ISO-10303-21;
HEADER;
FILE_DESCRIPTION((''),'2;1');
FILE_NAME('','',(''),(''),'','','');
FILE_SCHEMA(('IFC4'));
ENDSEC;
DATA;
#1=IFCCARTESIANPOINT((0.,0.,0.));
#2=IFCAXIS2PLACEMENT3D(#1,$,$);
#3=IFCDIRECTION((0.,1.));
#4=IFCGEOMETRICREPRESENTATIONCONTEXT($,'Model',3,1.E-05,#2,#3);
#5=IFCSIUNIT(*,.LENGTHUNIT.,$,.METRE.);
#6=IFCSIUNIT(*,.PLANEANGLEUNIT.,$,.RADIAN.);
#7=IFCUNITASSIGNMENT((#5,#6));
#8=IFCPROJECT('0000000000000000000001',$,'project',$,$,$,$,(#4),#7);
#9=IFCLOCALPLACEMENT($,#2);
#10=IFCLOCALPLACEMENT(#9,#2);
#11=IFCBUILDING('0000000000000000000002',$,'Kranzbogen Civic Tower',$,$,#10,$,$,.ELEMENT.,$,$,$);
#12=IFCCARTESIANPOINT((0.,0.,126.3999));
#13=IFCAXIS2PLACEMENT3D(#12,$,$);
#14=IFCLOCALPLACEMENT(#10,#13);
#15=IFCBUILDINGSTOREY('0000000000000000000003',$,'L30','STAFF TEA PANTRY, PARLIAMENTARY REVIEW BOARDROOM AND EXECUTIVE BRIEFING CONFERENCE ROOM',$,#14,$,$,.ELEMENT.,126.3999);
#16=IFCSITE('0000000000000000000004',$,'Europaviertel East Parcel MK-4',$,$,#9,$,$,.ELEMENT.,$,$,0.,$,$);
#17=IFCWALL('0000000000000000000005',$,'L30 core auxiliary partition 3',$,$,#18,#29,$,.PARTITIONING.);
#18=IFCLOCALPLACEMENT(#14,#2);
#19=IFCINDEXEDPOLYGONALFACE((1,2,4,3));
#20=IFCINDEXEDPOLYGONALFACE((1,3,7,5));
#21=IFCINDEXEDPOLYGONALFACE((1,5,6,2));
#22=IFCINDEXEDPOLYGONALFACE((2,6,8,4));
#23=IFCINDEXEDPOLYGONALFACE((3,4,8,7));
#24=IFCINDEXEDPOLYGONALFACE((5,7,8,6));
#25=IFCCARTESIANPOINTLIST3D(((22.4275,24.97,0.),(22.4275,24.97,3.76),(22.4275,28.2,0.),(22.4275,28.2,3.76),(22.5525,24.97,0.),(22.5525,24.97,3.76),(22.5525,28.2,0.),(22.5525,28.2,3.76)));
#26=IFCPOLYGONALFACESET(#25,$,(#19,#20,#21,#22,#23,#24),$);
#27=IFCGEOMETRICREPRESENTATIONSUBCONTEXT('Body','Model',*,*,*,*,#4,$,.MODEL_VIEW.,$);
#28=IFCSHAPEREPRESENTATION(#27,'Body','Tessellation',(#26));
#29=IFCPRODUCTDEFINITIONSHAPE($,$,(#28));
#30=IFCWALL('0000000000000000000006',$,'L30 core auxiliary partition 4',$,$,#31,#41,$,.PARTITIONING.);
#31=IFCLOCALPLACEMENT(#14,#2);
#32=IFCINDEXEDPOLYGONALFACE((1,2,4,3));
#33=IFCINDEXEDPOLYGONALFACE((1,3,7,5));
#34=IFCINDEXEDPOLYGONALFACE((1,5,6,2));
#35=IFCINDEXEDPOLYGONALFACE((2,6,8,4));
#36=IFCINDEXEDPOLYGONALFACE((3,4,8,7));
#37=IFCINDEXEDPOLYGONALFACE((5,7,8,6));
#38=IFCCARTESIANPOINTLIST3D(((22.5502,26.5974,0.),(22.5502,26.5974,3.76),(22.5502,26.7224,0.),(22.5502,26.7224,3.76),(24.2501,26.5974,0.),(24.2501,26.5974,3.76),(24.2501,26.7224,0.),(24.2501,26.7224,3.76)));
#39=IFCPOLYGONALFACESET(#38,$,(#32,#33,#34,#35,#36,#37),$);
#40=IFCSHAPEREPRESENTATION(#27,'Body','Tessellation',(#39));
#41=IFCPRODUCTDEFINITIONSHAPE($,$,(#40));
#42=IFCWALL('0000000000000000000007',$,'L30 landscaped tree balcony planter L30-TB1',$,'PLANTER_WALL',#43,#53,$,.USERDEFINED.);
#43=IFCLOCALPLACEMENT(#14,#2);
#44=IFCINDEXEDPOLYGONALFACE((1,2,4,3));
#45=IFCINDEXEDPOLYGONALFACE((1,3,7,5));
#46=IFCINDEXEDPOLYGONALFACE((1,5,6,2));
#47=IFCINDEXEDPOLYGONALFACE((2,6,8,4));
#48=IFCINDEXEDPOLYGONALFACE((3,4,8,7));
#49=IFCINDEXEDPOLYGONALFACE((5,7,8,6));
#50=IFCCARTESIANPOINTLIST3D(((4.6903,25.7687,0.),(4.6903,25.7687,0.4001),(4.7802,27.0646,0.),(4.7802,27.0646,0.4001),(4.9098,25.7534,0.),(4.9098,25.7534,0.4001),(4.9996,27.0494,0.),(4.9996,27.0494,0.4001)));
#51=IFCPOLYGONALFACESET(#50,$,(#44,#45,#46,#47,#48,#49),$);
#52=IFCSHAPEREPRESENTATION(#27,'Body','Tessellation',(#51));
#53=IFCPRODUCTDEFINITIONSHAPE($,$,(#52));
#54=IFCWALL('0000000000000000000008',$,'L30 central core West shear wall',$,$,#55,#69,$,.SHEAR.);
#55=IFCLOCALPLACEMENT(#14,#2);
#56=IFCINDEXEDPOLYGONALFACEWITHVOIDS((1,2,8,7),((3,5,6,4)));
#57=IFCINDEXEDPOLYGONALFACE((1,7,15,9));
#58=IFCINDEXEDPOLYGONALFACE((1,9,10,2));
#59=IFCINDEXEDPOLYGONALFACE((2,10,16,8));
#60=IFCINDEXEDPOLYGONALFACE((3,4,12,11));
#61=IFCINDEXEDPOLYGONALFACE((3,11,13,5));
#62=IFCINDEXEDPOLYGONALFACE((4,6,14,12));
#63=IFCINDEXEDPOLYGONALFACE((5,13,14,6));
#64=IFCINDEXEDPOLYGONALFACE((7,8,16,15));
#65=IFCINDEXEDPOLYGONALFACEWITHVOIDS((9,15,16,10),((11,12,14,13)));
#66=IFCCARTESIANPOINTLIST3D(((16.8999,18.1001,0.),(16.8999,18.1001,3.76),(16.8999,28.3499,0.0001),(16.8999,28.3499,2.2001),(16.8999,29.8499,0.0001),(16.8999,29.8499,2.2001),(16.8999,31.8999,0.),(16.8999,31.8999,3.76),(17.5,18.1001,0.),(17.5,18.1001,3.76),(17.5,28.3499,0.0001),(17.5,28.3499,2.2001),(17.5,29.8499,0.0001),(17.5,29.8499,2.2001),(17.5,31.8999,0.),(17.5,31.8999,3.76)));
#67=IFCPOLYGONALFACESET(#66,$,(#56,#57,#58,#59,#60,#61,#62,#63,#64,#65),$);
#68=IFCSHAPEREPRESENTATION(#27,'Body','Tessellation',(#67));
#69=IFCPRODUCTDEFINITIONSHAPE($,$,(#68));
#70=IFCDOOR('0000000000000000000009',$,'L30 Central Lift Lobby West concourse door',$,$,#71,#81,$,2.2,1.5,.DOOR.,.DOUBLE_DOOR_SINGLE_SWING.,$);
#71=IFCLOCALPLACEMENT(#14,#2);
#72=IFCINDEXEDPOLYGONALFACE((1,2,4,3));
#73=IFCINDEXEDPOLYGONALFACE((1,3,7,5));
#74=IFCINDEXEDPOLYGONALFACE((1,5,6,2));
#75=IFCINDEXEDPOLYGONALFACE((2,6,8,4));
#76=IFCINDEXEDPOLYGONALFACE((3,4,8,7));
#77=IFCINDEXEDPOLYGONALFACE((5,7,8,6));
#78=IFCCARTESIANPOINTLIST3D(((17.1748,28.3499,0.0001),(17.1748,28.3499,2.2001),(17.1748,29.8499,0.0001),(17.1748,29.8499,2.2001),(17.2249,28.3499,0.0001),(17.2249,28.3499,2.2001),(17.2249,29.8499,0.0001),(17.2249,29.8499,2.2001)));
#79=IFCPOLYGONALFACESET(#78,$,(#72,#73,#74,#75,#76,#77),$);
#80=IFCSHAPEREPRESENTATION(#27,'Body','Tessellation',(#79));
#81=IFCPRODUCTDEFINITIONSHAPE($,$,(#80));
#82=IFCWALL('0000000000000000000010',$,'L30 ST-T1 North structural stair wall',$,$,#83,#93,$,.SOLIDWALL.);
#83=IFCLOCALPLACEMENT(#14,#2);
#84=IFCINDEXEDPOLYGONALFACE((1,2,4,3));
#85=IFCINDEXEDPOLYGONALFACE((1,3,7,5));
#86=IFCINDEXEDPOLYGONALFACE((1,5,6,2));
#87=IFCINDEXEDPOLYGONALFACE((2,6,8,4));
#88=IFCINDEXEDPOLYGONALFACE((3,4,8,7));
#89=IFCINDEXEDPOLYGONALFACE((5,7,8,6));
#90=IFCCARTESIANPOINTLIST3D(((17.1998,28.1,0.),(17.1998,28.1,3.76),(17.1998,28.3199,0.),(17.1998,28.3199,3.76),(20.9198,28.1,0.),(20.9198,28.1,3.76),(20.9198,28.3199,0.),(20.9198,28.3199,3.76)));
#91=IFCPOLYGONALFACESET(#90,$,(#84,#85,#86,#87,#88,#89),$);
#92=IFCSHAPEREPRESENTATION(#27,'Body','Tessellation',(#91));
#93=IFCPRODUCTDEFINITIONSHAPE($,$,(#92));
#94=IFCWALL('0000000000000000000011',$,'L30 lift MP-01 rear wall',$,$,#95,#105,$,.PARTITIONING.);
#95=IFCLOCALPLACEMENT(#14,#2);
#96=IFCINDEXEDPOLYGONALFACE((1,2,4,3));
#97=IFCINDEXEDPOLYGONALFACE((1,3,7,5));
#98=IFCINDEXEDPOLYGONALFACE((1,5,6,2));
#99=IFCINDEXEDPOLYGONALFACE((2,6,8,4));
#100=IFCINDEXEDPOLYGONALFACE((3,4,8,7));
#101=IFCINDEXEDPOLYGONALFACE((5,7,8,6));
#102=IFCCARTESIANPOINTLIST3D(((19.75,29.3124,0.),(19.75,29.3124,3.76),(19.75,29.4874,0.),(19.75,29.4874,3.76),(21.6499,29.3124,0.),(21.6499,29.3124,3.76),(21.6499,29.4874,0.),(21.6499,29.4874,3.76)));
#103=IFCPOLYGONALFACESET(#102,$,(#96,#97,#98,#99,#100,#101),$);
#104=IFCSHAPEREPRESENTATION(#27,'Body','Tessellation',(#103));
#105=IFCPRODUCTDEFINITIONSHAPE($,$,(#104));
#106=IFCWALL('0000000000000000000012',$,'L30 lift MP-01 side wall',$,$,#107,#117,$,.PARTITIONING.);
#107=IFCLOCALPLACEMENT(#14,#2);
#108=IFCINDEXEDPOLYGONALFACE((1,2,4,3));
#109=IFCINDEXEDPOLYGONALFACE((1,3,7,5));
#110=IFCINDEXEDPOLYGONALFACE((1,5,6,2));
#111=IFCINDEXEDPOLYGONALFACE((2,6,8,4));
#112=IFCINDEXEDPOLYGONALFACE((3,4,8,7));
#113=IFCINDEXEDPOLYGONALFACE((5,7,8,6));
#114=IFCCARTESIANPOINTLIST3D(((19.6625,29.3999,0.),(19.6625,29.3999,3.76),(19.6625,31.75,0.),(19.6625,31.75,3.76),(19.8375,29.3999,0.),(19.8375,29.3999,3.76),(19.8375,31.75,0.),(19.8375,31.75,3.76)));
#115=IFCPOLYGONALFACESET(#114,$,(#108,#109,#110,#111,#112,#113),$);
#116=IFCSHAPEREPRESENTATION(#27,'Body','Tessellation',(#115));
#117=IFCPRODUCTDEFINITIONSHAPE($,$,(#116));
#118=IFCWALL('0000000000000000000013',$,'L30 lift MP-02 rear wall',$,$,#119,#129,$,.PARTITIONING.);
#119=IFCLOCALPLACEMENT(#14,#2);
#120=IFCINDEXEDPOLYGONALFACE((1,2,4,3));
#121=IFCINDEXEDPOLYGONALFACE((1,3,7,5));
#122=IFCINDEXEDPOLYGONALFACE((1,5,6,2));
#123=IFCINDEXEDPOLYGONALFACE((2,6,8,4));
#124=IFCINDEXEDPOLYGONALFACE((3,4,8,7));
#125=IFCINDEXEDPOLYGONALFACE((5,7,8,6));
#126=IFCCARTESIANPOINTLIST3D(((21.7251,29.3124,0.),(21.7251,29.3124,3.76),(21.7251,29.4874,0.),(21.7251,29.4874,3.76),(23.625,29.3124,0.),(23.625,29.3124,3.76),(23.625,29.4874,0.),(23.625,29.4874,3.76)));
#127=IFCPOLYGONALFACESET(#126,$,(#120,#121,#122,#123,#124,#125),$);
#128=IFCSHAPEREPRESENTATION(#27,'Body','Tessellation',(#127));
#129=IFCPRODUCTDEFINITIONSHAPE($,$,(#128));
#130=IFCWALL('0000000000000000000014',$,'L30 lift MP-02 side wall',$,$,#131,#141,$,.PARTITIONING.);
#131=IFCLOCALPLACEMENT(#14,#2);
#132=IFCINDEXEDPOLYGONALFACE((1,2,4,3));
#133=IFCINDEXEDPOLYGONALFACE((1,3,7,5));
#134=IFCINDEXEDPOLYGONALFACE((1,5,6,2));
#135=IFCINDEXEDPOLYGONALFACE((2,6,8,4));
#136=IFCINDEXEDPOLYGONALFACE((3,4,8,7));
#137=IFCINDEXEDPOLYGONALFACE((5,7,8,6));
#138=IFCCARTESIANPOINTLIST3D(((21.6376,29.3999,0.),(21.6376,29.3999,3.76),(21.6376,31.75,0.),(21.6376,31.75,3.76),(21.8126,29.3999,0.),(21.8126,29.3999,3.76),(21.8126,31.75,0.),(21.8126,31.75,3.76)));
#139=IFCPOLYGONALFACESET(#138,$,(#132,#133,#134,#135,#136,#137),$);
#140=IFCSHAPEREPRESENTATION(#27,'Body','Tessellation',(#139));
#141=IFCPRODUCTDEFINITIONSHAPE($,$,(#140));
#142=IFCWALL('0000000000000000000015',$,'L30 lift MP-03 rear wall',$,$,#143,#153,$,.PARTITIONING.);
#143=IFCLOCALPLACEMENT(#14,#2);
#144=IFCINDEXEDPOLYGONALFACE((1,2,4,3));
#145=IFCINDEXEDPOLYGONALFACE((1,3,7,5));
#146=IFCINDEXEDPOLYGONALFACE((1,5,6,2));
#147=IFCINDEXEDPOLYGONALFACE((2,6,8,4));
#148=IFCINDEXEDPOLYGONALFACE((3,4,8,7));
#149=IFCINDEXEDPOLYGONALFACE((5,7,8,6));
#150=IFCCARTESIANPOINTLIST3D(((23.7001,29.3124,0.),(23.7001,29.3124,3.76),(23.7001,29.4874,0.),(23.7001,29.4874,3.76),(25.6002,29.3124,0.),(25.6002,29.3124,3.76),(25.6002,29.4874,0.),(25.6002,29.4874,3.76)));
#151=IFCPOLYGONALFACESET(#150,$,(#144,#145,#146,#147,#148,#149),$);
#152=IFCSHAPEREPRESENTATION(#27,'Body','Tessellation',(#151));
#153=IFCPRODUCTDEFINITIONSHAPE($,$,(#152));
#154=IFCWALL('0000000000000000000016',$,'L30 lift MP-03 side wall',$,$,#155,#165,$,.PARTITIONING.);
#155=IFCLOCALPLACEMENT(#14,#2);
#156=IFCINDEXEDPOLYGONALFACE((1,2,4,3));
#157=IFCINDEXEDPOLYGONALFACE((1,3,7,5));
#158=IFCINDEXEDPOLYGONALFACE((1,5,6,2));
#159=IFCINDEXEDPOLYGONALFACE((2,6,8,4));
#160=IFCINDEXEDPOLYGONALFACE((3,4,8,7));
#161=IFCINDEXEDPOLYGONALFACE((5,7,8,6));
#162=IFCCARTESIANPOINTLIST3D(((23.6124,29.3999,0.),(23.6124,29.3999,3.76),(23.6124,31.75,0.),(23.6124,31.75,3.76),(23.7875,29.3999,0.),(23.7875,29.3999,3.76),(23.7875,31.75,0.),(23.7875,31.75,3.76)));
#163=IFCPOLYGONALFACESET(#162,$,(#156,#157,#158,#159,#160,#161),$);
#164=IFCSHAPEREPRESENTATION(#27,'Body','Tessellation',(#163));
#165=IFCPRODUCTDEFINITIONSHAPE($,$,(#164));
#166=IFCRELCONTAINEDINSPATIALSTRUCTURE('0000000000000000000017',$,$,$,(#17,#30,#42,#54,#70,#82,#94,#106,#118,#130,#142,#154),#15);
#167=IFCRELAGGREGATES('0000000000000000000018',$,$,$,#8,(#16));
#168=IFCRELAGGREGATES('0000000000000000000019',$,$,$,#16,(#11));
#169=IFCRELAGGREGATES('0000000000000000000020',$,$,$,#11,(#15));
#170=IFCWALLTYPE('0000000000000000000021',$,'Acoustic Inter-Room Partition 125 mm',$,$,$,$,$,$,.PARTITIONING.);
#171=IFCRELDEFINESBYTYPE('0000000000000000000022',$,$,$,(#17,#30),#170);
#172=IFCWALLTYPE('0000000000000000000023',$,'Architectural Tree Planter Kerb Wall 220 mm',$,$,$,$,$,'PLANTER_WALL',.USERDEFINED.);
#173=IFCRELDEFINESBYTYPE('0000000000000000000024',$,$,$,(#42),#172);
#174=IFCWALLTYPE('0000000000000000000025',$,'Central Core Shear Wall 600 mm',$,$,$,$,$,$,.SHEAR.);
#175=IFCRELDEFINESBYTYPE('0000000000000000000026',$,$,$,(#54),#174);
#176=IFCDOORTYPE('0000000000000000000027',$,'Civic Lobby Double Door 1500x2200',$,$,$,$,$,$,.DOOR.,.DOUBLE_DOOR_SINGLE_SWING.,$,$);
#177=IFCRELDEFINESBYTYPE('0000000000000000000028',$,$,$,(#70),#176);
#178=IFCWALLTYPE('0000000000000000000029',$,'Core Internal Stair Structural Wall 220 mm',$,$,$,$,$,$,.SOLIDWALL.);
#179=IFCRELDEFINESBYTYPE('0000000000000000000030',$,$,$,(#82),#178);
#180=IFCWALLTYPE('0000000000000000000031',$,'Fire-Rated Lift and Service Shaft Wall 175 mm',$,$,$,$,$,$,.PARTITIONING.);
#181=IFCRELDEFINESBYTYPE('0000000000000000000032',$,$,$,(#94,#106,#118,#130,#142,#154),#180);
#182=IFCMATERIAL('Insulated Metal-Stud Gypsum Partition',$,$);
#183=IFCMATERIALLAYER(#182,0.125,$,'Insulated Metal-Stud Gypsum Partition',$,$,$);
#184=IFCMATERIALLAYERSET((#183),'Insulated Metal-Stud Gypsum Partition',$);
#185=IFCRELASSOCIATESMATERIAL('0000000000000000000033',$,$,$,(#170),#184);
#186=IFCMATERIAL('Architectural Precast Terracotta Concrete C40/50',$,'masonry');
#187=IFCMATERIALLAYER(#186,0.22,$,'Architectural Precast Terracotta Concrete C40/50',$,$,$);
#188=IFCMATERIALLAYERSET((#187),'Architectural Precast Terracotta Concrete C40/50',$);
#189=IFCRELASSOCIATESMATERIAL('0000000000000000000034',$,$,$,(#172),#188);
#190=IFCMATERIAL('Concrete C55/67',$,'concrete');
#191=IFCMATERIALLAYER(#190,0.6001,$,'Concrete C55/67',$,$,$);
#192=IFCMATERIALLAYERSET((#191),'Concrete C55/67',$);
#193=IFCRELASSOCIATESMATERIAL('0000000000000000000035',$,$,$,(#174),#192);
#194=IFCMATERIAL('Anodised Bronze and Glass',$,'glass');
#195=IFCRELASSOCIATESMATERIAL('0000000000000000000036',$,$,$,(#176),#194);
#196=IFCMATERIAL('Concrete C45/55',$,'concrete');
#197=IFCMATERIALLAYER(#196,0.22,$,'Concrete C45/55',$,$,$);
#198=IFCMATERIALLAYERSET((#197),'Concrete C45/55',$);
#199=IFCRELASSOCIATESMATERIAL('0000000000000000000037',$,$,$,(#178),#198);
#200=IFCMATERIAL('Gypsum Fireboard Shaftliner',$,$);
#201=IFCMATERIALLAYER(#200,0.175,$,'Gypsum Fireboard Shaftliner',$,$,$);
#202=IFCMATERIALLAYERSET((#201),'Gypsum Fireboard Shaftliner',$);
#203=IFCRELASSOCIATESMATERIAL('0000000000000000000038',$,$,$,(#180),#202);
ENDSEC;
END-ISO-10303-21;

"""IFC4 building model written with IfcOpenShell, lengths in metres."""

from ifc_helpers import new_model, si_unit, direction, frame, frame_2d, origin, place, context, subcontext, project, spatial, rectangle, extrude, material, layer, layer_set, type_object, element, fill, save


model = new_model("IFC4")

# Units and contexts
model_context = context("Model", 3, precision=1e-05, world=origin(), true_north=direction((0.0, 1.0)))
body_context = subcontext(model_context, "Body", "Model", "MODEL_VIEW")
ifc_project = project(units=[si_unit("LENGTHUNIT", "METRE"), si_unit("PLANEANGLEUNIT", "RADIAN")], contexts=[model_context])

# Site, building, storey
site_placement = place(None, origin())
site = spatial("IfcSite", under=ifc_project, at=site_placement, Name="Europaviertel East Parcel MK-4", CompositionType="ELEMENT", RefElevation=0.0)
building_placement = place(site_placement, origin())
building = spatial("IfcBuilding", under=site, at=building_placement, Name="Kranzbogen Civic Tower", CompositionType="ELEMENT")
storey_placement = place(building_placement, frame((0.0, 0.0, 126.3999)))
storey = spatial("IfcBuildingStorey", under=building, at=storey_placement, Name="L30", Description="STAFF TEA PANTRY, PARLIAMENTARY REVIEW BOARDROOM AND EXECUTIVE BRIEFING CONFERENCE ROOM", CompositionType="ELEMENT", Elevation=126.3999)

# Shared definitions
ifc_material_1 = material(Name="Insulated Metal-Stud Gypsum Partition")
ifc_layer_1 = layer(ifc_material_1, 0.125, Name="Insulated Metal-Stud Gypsum Partition")
ifc_layer_set_1 = layer_set([ifc_layer_1], Name="Insulated Metal-Stud Gypsum Partition")
wall_type_1 = type_object("IfcWallType", Name="Acoustic Inter-Room Partition 125 mm", PredefinedType="PARTITIONING", material=ifc_layer_set_1)

# Walls
wall_1_placement = place(storey_placement, frame((22.49, 24.97, 0.0), z_axis=(0.0, 0.0, 1.0), x_axis=(0.0, 1.0, 0.0)))
element("IfcWall", 1, at=wall_1_placement, inside=storey, type_object=wall_type_1, Name="L30 core auxiliary partition 3", PredefinedType="PARTITIONING", context=body_context, shape_type="SweptSolid", body=[
    extrude(rectangle(XDim=3.23, YDim=0.125, at=frame_2d((1.615, 0.0))), origin(), (0.0, 0.0, 1.0), 3.76),
])
wall_2_placement = place(storey_placement, frame((22.55, 26.6599, 0.0), z_axis=(0.0, 0.0, 1.0), x_axis=(1.0, 0.0, 0.0)))
element("IfcWall", 2, at=wall_2_placement, inside=storey, type_object=wall_type_1, Name="L30 core auxiliary partition 4", PredefinedType="PARTITIONING", context=body_context, shape_type="SweptSolid", body=[
    extrude(rectangle(XDim=1.7, YDim=0.125, at=frame_2d((0.8501, 0.0))), origin(), (0.0, 0.0, 1.0), 3.76),
])
ifc_material_2 = material(Name="Architectural Precast Terracotta Concrete C40/50", Category="masonry")
ifc_layer_2 = layer(ifc_material_2, 0.22, Name="Architectural Precast Terracotta Concrete C40/50")
ifc_layer_set_2 = layer_set([ifc_layer_2], Name="Architectural Precast Terracotta Concrete C40/50")
wall_type_2 = type_object("IfcWallType", Name="Architectural Tree Planter Kerb Wall 220 mm", ElementType="PLANTER_WALL", PredefinedType="USERDEFINED", material=ifc_layer_set_2)
wall_3_placement = place(storey_placement, frame((4.8899, 27.0569, 0.0), z_axis=(0.0, 0.0, 1.0), x_axis=(-0.069163, -0.997605, 0.0)))
element("IfcWall", 3, at=wall_3_placement, inside=storey, type_object=wall_type_2, Name="L30 landscaped tree balcony planter L30-TB1", ObjectType="PLANTER_WALL", PredefinedType="USERDEFINED", context=body_context, shape_type="SweptSolid", body=[
    extrude(rectangle(XDim=1.2991, YDim=0.22, at=frame_2d((0.6494, 0.0))), origin(), (0.0, 0.0, 1.0), 0.4001),
])

# Wall, opening, door
ifc_material_3 = material(Name="Concrete C55/67", Category="concrete")
ifc_layer_3 = layer(ifc_material_3, 0.6001, Name="Concrete C55/67")
ifc_layer_set_3 = layer_set([ifc_layer_3], Name="Concrete C55/67")
wall_type_3 = type_object("IfcWallType", Name="Central Core Shear Wall 600 mm", PredefinedType="SHEAR", material=ifc_layer_set_3)
wall_4_placement = place(storey_placement, frame((17.2, 31.8999, 0.0), z_axis=(0.0, 0.0, 1.0), x_axis=(0.0, -1.0, 0.0)))
wall_4 = element("IfcWall", 4, at=wall_4_placement, inside=storey, type_object=wall_type_3, Name="L30 central core West shear wall", PredefinedType="SHEAR", context=body_context, shape_type="SweptSolid", body=[
    extrude(rectangle(XDim=13.7998, YDim=0.6001, at=frame_2d((6.8999, 0.0))), origin(), (0.0, 0.0, 1.0), 3.76),
])
opening_1_placement = place(wall_4_placement, frame((2.05, 0.0, 0.0)))
opening_1 = element("IfcOpeningElement", 5, at=opening_1_placement, cuts=wall_4, PredefinedType="OPENING", context=body_context, shape_type="SweptSolid", body=[
    extrude(rectangle(XDim=1.5, YDim=2.2, at=frame_2d((0.75, 1.1001))), frame((0.0, 0.3101, 0.0), z_axis=(0.0, -1.0, 0.0), x_axis=(1.0, 0.0, 0.0)), (0.0, 0.0, 1.0), 0.6201),
])
ifc_material_4 = material(Name="Anodised Bronze and Glass", Category="glass")
door_type_1 = type_object("IfcDoorType", Name="Civic Lobby Double Door 1500x2200", OperationType="DOUBLE_DOOR_SINGLE_SWING", PredefinedType="DOOR", material=ifc_material_4)
door_1_placement = place(opening_1_placement, origin())
door_1 = element("IfcDoor", 6, at=door_1_placement, inside=storey, type_object=door_type_1, Name="L30 Central Lift Lobby West concourse door", OperationType="DOUBLE_DOOR_SINGLE_SWING", OverallHeight=2.2, OverallWidth=1.5, PredefinedType="DOOR", context=body_context, shape_type="SweptSolid", body=[
    extrude(rectangle(XDim=1.5, YDim=2.2, at=frame_2d((0.75, 1.1001))), frame((0.0, 0.0249, 0.0), z_axis=(0.0, -1.0, 0.0), x_axis=(1.0, 0.0, 0.0)), (0.0, 0.0, 1.0), 0.05),
])
fill(opening_1, door_1)

# Walls
ifc_material_5 = material(Name="Concrete C45/55", Category="concrete")
ifc_layer_4 = layer(ifc_material_5, 0.22, Name="Concrete C45/55")
ifc_layer_set_4 = layer_set([ifc_layer_4], Name="Concrete C45/55")
wall_type_4 = type_object("IfcWallType", Name="Core Internal Stair Structural Wall 220 mm", PredefinedType="SOLIDWALL", material=ifc_layer_set_4)
wall_5_placement = place(storey_placement, frame((17.2, 28.21, 0.0), z_axis=(0.0, 0.0, 1.0), x_axis=(1.0, 0.0, 0.0)))
element("IfcWall", 7, at=wall_5_placement, inside=storey, type_object=wall_type_4, Name="L30 ST-T1 North structural stair wall", PredefinedType="SOLIDWALL", context=body_context, shape_type="SweptSolid", body=[
    extrude(rectangle(XDim=3.72, YDim=0.22, at=frame_2d((1.8599, 0.0))), origin(), (0.0, 0.0, 1.0), 3.76),
])
ifc_material_6 = material(Name="Gypsum Fireboard Shaftliner")
ifc_layer_5 = layer(ifc_material_6, 0.175, Name="Gypsum Fireboard Shaftliner")
ifc_layer_set_5 = layer_set([ifc_layer_5], Name="Gypsum Fireboard Shaftliner")
wall_type_5 = type_object("IfcWallType", Name="Fire-Rated Lift and Service Shaft Wall 175 mm", PredefinedType="PARTITIONING", material=ifc_layer_set_5)
wall_6_placement = place(storey_placement, frame((19.75, 29.3999, 0.0), z_axis=(0.0, 0.0, 1.0), x_axis=(1.0, 0.0, 0.0)))
element("IfcWall", 8, at=wall_6_placement, inside=storey, type_object=wall_type_5, Name="L30 lift MP-01 rear wall", PredefinedType="PARTITIONING", context=body_context, shape_type="SweptSolid", body=[
    extrude(rectangle(XDim=1.8999, YDim=0.175, at=frame_2d((0.95, 0.0))), origin(), (0.0, 0.0, 1.0), 3.76),
])
wall_7_placement = place(storey_placement, frame((19.75, 29.3999, 0.0), z_axis=(0.0, 0.0, 1.0), x_axis=(0.0, 1.0, 0.0)))
element("IfcWall", 9, at=wall_7_placement, inside=storey, type_object=wall_type_5, Name="L30 lift MP-01 side wall", PredefinedType="PARTITIONING", context=body_context, shape_type="SweptSolid", body=[
    extrude(rectangle(XDim=2.3501, YDim=0.175, at=frame_2d((1.175, 0.0))), origin(), (0.0, 0.0, 1.0), 3.76),
])
wall_8_placement = place(storey_placement, frame((21.7251, 29.3999, 0.0), z_axis=(0.0, 0.0, 1.0), x_axis=(1.0, 0.0, 0.0)))
element("IfcWall", 10, at=wall_8_placement, inside=storey, type_object=wall_type_5, Name="L30 lift MP-02 rear wall", PredefinedType="PARTITIONING", context=body_context, shape_type="SweptSolid", body=[
    extrude(rectangle(XDim=1.8999, YDim=0.175, at=frame_2d((0.95, 0.0))), origin(), (0.0, 0.0, 1.0), 3.76),
])
wall_9_placement = place(storey_placement, frame((21.7251, 29.3999, 0.0), z_axis=(0.0, 0.0, 1.0), x_axis=(0.0, 1.0, 0.0)))
element("IfcWall", 11, at=wall_9_placement, inside=storey, type_object=wall_type_5, Name="L30 lift MP-02 side wall", PredefinedType="PARTITIONING", context=body_context, shape_type="SweptSolid", body=[
    extrude(rectangle(XDim=2.3501, YDim=0.175, at=frame_2d((1.175, 0.0))), origin(), (0.0, 0.0, 1.0), 3.76),
])
wall_10_placement = place(storey_placement, frame((23.7, 29.3999, 0.0), z_axis=(0.0, 0.0, 1.0), x_axis=(1.0, 0.0, 0.0)))
element("IfcWall", 12, at=wall_10_placement, inside=storey, type_object=wall_type_5, Name="L30 lift MP-03 rear wall", PredefinedType="PARTITIONING", context=body_context, shape_type="SweptSolid", body=[
    extrude(rectangle(XDim=1.9001, YDim=0.175, at=frame_2d((0.9502, 0.0))), origin(), (0.0, 0.0, 1.0), 3.76),
])
wall_11_placement = place(storey_placement, frame((23.7, 29.3999, 0.0), z_axis=(0.0, 0.0, 1.0), x_axis=(0.0, 1.0, 0.0)))
element("IfcWall", 13, at=wall_11_placement, inside=storey, type_object=wall_type_5, Name="L30 lift MP-03 side wall", PredefinedType="PARTITIONING", context=body_context, shape_type="SweptSolid", body=[
    extrude(rectangle(XDim=2.3501, YDim=0.175, at=frame_2d((1.175, 0.0))), origin(), (0.0, 0.0, 1.0), 3.76),
])

save(model, "model.ifc")
